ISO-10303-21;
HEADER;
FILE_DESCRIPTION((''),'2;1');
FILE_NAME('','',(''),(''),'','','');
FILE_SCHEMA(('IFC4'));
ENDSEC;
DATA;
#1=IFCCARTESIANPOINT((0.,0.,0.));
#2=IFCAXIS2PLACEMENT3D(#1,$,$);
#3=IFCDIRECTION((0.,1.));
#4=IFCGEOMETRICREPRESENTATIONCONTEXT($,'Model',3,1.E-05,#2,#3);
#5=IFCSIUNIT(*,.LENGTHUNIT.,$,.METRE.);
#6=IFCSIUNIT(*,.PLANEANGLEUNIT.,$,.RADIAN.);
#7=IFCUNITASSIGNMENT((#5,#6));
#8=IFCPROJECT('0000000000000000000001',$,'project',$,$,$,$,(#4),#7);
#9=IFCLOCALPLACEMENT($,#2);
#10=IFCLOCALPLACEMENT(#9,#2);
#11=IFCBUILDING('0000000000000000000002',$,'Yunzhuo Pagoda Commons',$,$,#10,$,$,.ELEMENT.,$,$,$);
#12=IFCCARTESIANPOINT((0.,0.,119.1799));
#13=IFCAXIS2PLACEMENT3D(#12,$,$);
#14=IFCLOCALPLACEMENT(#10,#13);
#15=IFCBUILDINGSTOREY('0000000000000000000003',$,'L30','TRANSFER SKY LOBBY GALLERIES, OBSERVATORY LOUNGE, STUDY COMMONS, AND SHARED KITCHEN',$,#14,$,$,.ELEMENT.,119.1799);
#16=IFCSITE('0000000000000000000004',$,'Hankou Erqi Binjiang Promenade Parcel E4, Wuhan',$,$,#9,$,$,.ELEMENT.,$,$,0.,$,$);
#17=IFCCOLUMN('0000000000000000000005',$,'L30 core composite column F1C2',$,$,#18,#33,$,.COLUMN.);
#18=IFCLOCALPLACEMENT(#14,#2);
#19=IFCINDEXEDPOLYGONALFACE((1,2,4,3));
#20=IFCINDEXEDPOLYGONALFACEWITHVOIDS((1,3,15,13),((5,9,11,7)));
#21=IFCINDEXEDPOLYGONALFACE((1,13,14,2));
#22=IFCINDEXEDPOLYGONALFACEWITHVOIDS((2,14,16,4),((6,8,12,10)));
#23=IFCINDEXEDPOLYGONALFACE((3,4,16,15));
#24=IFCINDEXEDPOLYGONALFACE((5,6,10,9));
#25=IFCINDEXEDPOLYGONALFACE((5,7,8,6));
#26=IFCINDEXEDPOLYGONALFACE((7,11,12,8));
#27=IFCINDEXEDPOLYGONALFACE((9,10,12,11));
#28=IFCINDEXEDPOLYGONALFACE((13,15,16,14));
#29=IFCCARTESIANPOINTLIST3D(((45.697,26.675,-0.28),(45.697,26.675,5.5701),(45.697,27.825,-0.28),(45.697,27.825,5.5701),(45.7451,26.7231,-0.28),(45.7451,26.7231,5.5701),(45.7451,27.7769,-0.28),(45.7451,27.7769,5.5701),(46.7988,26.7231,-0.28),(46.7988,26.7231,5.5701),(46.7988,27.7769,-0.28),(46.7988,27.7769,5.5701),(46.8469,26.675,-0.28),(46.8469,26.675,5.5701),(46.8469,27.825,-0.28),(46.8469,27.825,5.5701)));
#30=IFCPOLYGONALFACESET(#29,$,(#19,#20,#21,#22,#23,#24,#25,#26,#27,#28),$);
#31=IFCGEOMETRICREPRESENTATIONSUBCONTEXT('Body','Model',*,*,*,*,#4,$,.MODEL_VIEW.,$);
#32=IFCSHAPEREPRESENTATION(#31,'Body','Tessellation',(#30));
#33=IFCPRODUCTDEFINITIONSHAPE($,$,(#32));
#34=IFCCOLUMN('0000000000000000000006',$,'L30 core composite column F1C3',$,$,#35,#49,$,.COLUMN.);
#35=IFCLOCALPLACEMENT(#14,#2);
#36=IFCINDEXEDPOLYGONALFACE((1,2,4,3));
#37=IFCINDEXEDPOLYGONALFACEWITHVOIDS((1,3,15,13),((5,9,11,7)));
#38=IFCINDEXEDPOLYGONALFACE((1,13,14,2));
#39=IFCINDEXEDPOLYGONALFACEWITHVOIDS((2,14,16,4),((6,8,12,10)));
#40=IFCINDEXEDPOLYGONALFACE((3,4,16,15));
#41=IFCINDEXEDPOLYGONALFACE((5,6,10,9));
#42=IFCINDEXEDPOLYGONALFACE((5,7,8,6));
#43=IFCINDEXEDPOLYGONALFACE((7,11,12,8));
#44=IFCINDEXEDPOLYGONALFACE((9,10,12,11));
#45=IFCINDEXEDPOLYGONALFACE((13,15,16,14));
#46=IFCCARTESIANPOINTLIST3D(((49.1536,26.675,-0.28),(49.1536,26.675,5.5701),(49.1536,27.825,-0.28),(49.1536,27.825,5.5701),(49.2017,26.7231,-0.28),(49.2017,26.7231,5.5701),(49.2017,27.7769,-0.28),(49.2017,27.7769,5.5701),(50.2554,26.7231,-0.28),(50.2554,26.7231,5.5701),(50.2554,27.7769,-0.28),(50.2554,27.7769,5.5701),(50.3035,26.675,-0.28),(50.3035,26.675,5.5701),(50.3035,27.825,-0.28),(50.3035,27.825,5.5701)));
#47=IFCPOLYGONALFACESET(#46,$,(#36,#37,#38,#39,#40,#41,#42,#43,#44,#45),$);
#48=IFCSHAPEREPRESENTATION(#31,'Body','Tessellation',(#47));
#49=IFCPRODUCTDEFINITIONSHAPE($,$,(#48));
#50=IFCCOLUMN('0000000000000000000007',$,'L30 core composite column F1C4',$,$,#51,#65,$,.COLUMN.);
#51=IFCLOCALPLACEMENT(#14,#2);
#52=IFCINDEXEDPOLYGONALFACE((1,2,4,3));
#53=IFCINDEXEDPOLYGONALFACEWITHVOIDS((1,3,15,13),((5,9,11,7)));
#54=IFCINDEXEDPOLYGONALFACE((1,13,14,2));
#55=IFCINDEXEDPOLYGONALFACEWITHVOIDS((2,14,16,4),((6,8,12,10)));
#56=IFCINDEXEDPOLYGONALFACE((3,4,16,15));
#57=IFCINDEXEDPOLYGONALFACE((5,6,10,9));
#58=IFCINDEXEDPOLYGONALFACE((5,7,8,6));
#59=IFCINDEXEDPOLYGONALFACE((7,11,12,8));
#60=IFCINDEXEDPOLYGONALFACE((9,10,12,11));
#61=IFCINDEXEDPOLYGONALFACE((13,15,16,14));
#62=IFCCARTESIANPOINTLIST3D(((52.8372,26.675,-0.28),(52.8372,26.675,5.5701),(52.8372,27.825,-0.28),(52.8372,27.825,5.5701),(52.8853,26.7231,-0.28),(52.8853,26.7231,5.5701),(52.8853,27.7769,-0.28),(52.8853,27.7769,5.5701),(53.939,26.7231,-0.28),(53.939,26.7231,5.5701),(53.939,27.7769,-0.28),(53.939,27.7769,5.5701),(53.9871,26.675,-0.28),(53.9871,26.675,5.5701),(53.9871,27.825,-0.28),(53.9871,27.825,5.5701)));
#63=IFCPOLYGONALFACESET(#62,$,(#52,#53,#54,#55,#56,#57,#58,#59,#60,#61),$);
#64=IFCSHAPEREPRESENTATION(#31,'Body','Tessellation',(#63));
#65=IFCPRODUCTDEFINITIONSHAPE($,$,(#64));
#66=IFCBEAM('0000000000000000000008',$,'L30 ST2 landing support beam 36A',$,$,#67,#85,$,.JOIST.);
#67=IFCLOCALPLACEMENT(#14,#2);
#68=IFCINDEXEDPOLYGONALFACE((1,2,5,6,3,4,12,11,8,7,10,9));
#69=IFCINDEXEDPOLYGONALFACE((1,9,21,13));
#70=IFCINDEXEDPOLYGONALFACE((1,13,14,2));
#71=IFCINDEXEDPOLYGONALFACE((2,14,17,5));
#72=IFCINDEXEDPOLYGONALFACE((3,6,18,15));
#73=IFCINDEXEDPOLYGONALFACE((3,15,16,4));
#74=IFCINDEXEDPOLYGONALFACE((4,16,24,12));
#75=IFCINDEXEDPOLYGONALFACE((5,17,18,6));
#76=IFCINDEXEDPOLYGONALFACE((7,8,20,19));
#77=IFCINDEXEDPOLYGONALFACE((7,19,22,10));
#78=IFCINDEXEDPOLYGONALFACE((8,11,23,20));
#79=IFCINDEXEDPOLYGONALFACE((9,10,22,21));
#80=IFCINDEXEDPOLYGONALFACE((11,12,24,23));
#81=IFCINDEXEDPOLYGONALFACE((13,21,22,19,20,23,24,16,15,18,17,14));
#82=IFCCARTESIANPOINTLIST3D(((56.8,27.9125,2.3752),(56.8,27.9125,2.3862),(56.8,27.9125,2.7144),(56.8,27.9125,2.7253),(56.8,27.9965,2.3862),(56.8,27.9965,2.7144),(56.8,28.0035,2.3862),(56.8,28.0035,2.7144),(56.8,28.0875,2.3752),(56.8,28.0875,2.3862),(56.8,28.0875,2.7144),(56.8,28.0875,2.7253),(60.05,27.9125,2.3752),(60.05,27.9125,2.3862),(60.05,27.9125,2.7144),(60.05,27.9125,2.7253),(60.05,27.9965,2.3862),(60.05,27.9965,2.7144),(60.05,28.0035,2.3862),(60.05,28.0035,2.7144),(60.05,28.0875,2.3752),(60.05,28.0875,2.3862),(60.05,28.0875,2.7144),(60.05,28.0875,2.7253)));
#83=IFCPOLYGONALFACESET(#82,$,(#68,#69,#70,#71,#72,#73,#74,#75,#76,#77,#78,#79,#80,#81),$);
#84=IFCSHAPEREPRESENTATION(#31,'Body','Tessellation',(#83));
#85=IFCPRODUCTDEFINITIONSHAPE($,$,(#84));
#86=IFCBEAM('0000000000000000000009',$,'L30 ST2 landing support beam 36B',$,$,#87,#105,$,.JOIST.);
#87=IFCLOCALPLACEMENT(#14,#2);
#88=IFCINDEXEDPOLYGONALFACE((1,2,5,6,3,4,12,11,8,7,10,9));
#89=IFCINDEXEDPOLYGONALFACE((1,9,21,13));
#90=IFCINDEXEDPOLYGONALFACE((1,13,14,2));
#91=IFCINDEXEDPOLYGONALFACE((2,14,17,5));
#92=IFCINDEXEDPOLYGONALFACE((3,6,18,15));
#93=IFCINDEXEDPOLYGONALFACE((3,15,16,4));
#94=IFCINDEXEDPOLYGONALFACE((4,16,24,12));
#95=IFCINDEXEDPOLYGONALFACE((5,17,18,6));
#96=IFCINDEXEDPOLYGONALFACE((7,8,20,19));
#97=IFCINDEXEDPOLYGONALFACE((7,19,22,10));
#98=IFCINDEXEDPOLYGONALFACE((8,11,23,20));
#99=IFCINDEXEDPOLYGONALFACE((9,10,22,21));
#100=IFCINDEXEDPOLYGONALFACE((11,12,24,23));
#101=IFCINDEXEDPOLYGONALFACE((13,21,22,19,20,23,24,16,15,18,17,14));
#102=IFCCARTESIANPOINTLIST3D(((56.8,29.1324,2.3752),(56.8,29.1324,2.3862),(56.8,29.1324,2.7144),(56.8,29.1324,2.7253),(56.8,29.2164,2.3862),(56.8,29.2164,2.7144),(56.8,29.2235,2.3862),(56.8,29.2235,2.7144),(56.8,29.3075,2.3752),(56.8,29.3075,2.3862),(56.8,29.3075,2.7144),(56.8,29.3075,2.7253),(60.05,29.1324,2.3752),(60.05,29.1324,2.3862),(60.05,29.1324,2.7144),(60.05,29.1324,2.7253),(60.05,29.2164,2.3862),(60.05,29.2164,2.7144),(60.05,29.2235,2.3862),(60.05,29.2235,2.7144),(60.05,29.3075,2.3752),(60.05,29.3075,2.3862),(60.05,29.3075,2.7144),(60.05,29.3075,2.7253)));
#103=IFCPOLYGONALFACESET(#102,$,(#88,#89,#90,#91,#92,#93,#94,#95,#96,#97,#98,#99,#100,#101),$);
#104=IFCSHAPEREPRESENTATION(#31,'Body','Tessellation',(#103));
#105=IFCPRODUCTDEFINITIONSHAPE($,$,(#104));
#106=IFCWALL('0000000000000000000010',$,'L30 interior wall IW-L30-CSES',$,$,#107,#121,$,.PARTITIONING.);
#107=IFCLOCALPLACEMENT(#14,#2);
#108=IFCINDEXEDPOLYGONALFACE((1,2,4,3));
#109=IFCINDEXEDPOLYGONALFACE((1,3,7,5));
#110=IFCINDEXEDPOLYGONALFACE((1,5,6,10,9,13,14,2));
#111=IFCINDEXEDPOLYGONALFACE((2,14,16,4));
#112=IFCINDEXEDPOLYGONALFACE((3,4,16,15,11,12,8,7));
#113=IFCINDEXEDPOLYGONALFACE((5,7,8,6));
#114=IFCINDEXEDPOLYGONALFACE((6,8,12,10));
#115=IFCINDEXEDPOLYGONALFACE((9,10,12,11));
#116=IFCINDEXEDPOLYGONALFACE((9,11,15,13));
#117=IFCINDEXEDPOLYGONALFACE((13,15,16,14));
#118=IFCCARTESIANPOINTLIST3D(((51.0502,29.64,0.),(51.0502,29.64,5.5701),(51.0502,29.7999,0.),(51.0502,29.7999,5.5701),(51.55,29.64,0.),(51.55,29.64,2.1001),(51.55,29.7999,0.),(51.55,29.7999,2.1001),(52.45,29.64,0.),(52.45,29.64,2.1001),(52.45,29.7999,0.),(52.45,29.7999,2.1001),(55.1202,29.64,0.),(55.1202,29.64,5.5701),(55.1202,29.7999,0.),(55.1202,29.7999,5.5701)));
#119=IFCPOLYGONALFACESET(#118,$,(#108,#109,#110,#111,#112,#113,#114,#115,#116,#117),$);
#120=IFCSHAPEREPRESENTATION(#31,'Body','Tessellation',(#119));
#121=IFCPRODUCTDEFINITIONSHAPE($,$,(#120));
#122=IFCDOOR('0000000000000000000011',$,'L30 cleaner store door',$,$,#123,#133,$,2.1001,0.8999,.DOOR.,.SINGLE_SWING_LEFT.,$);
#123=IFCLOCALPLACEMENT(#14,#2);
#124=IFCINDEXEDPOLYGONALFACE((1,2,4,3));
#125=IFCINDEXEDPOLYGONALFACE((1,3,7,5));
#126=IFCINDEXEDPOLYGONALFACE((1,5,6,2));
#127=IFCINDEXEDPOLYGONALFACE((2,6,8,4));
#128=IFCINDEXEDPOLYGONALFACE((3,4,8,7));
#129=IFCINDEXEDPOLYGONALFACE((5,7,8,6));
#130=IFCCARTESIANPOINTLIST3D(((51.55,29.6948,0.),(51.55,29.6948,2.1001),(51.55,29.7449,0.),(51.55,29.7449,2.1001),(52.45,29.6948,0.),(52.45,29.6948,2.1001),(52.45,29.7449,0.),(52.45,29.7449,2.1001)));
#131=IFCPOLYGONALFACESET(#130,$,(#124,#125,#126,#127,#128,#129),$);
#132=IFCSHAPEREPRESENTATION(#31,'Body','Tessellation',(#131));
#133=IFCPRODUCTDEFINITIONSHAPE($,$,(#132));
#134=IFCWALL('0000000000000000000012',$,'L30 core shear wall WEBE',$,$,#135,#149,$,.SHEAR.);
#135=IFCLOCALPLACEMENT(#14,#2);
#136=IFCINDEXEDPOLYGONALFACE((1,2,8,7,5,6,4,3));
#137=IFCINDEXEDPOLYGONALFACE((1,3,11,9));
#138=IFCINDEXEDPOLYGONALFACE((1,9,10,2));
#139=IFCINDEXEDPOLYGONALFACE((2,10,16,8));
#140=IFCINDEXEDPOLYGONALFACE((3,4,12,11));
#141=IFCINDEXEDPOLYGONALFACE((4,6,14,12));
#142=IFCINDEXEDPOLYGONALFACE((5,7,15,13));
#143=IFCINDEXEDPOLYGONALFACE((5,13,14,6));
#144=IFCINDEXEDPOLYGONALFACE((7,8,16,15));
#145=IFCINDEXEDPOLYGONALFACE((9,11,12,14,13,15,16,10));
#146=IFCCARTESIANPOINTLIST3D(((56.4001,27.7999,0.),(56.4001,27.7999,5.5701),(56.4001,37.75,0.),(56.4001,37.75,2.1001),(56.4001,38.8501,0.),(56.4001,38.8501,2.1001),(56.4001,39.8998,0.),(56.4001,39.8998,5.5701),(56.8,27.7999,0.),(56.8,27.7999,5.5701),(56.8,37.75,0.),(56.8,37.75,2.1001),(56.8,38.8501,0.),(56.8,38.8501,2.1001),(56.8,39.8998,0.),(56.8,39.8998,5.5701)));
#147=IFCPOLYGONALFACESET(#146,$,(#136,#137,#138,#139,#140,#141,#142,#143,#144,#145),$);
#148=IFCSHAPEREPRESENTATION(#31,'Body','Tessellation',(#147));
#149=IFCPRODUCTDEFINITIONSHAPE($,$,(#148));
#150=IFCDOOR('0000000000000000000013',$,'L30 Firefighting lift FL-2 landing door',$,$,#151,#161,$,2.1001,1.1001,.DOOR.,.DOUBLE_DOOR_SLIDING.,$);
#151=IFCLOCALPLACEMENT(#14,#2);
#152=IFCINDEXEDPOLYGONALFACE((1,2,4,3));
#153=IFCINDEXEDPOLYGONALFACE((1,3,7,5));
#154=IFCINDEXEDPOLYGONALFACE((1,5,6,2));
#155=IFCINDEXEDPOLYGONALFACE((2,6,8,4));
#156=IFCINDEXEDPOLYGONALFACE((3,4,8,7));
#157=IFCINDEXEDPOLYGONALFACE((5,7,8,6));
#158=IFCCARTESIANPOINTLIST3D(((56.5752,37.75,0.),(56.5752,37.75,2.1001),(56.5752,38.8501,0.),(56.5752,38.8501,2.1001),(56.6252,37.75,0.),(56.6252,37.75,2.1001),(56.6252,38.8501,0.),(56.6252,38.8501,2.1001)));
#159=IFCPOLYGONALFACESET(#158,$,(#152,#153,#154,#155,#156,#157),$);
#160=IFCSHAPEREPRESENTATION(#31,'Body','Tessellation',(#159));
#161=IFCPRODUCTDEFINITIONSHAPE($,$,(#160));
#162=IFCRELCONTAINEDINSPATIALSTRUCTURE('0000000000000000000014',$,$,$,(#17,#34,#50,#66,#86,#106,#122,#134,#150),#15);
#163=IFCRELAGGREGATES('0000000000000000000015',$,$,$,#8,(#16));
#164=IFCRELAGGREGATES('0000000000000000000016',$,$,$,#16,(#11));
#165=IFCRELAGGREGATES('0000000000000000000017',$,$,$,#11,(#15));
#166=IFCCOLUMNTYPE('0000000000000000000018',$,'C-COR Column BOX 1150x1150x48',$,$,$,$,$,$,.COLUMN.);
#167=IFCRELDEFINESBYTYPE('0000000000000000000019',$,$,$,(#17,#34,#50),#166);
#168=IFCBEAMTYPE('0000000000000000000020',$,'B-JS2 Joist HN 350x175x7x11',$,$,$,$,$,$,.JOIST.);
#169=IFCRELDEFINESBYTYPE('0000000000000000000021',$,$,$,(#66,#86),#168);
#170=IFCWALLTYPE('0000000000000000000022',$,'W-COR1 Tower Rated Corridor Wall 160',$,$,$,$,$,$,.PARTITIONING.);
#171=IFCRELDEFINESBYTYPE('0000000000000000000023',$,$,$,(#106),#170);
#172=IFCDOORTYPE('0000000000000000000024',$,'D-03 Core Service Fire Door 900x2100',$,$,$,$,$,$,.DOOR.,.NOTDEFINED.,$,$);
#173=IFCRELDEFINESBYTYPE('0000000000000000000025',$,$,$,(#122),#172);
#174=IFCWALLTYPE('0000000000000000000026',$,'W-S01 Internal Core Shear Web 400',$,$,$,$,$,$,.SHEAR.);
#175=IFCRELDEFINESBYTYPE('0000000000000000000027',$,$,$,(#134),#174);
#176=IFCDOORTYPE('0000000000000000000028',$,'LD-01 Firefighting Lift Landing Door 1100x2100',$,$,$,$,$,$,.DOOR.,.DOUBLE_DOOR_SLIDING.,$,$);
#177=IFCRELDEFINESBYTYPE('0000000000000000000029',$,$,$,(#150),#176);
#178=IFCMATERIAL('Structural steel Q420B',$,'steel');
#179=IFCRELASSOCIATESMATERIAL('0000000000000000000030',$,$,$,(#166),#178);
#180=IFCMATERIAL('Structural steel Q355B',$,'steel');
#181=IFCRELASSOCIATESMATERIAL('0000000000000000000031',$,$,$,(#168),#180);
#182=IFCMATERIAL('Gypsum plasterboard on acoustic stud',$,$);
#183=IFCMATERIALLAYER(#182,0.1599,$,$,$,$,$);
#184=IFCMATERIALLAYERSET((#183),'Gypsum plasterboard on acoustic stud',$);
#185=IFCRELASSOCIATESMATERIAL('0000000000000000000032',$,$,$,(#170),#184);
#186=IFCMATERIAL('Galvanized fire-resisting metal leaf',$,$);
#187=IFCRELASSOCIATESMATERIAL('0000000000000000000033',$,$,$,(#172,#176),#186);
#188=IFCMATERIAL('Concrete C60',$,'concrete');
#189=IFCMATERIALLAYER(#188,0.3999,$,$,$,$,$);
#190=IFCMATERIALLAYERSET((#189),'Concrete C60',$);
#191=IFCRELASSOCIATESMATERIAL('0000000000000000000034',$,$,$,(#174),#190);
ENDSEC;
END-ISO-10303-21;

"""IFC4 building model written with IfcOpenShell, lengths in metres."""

from ifc_helpers import new_model, si_unit, direction, frame, frame_2d, origin, origin_with_axes, origin_2d, place, context, subcontext, project, spatial, rectangle, hollow_rectangle, i_section, extrude, source, transform, mapped, material, layer, layer_set, material_profile, profile_set, type_object, element, fill, save


model = new_model("IFC4")

# Units and contexts
model_context = context("Model", 3, precision=1e-05, world=origin(), true_north=direction((0.0, 1.0)))
body_context = subcontext(model_context, "Body", "Model", "MODEL_VIEW")
ifc_project = project(units=[si_unit("LENGTHUNIT", "METRE"), si_unit("PLANEANGLEUNIT", "RADIAN")], contexts=[model_context])

# Site, building, storey
site_placement = place(None, origin())
site = spatial("IfcSite", under=ifc_project, at=site_placement, Name="Hankou Erqi Binjiang Promenade Parcel E4, Wuhan", CompositionType="ELEMENT", RefElevation=0.0)
building_placement = place(site_placement, origin())
building = spatial("IfcBuilding", under=site, at=building_placement, Name="Yunzhuo Pagoda Commons", CompositionType="ELEMENT")
storey_placement = place(building_placement, frame((0.0, 0.0, 119.1799)))
storey = spatial("IfcBuildingStorey", under=building, at=storey_placement, Name="L30", Description="TRANSFER SKY LOBBY GALLERIES, OBSERVATORY LOUNGE, STUDY COMMONS, AND SHARED KITCHEN", CompositionType="ELEMENT", Elevation=119.1799)

# Columns
ifc_material_1 = material(Name="Structural steel Q420B", Category="steel")
ifc_material_profile_1 = material_profile(ifc_material_1, hollow_rectangle(XDim=1.1499, YDim=1.1499, WallThickness=0.0481, at=origin_2d()), Name="Structural steel Q420B")
ifc_profile_set_1 = profile_set([ifc_material_profile_1], Name="Structural steel Q420B")
column_type = type_object("IfcColumnType", Name="C-COR Column BOX 1150x1150x48", PredefinedType="COLUMN", material=ifc_profile_set_1)
shared_shape_1 = source(origin(), body_context, "Body", "SweptSolid", [
    extrude(hollow_rectangle(XDim=1.1499, YDim=1.1499, WallThickness=0.0481, at=origin_2d()), origin(), (0.0, 0.0, 1.0), 5.8501),
])
for number, where, z_axis, x_axis, name in (
    (1, (46.272, 27.25, -0.28), (0.0, 0.0, 1.0), (1.0, 0.0, 0.0), "L30 core composite column F1C2"),
    (2, (49.7285, 27.25, -0.28), (0.0, 0.0, 1.0), (1.0, 0.0, 0.0), "L30 core composite column F1C3"),
    (3, (53.4121, 27.25, -0.28), (0.0, 0.0, 1.0), (1.0, 0.0, 0.0), "L30 core composite column F1C4"),
):
    element("IfcColumn", number, at=place(storey_placement, frame(where, z_axis=z_axis, x_axis=x_axis)), inside=storey, type_object=column_type, Name=name, PredefinedType="COLUMN", context=body_context, shape_type="MappedRepresentation", body=[
        mapped(shared_shape_1, transform((0.0, 0.0, 0.0), scale=1.0)),
    ])

# Beams
ifc_material_2 = material(Name="Structural steel Q355B", Category="steel")
ifc_material_profile_2 = material_profile(ifc_material_2, i_section(OverallWidth=0.175, OverallDepth=0.3501, WebThickness=0.0071, FlangeThickness=0.011, at=origin_2d()), Name="Structural steel Q355B")
ifc_profile_set_2 = profile_set([ifc_material_profile_2], Name="Structural steel Q355B")
beam_type = type_object("IfcBeamType", Name="B-JS2 Joist HN 350x175x7x11", PredefinedType="JOIST", material=ifc_profile_set_2)
shared_shape_2 = source(origin(), body_context, "Body", "SweptSolid", [
    extrude(i_section(OverallWidth=0.175, OverallDepth=0.3501, WebThickness=0.0071, FlangeThickness=0.011, at=origin_2d()), origin(), (0.0, 0.0, 1.0), 3.25),
])
for number, where, z_axis, x_axis, name in (
    (4, (56.8, 28.0, 2.5503), (1.0, 0.0, 0.0), (0.0, 1.0, 0.0), "L30 ST2 landing support beam 36A"),
    (5, (56.8, 29.22, 2.5503), (1.0, 0.0, 0.0), (0.0, 1.0, 0.0), "L30 ST2 landing support beam 36B"),
):
    element("IfcBeam", number, at=place(storey_placement, frame(where, z_axis=z_axis, x_axis=x_axis)), inside=storey, type_object=beam_type, Name=name, PredefinedType="JOIST", context=body_context, shape_type="MappedRepresentation", body=[
        mapped(shared_shape_2, transform((0.0, 0.0, 0.0), scale=1.0)),
    ])

# Walls, openings, doors
ifc_material_3 = material(Name="Gypsum plasterboard on acoustic stud")
ifc_layer_1 = layer(ifc_material_3, 0.1599)
ifc_layer_set_1 = layer_set([ifc_layer_1], Name="Gypsum plasterboard on acoustic stud")
wall_type_1 = type_object("IfcWallType", Name="W-COR1 Tower Rated Corridor Wall 160", PredefinedType="PARTITIONING", material=ifc_layer_set_1)
wall_1_placement = place(storey_placement, frame((51.05, 29.72, 0.0), z_axis=(0.0, 0.0, 1.0), x_axis=(1.0, 0.0, 0.0)))
wall_1 = element("IfcWall", 6, at=wall_1_placement, inside=storey, type_object=wall_type_1, Name="L30 interior wall IW-L30-CSES", PredefinedType="PARTITIONING", context=body_context, shape_type="SweptSolid", body=[
    extrude(rectangle(XDim=4.0701, YDim=0.1599, at=frame_2d((2.0352, 0.0))), origin(), (0.0, 0.0, 1.0), 5.5701),
])
opening_1_placement = place(wall_1_placement, frame((0.5, 0.0, 0.0)))
opening_1 = element("IfcOpeningElement", 7, at=opening_1_placement, cuts=wall_1, PredefinedType="OPENING", context=body_context, shape_type="SweptSolid", body=[
    extrude(rectangle(XDim=0.8999, YDim=2.1001, at=frame_2d((0.45, 1.05))), frame((0.0, 0.0898, 0.0), z_axis=(0.0, -1.0, 0.0), x_axis=(1.0, 0.0, 0.0)), (0.0, 0.0, 1.0), 0.1799),
])
ifc_material_4 = material(Name="Galvanized fire-resisting metal leaf")
door_type_1 = type_object("IfcDoorType", Name="D-03 Core Service Fire Door 900x2100", OperationType="NOTDEFINED", PredefinedType="DOOR", material=ifc_material_4)
shared_shape_3 = source(origin(), body_context, "Body", "SweptSolid", [
    extrude(rectangle(XDim=0.8999, YDim=2.1001, at=frame_2d((0.45, 1.05))), frame((0.0, 0.0249, 0.0), z_axis=(0.0, -1.0, 0.0), x_axis=(1.0, 0.0, 0.0)), (0.0, 0.0, 1.0), 0.05),
])
door_1_placement = place(opening_1_placement, origin_with_axes())
door_1 = element("IfcDoor", 8, at=door_1_placement, inside=storey, type_object=door_type_1, Name="L30 cleaner store door", OperationType="SINGLE_SWING_LEFT", OverallHeight=2.1001, OverallWidth=0.8999, PredefinedType="DOOR", context=body_context, shape_type="MappedRepresentation", body=[
    mapped(shared_shape_3, transform((0.0, 0.0, 0.0), scale=1.0)),
])
fill(opening_1, door_1)
ifc_material_5 = material(Name="Concrete C60", Category="concrete")
ifc_layer_2 = layer(ifc_material_5, 0.3999)
ifc_layer_set_2 = layer_set([ifc_layer_2], Name="Concrete C60")
wall_type_2 = type_object("IfcWallType", Name="W-S01 Internal Core Shear Web 400", PredefinedType="SHEAR", material=ifc_layer_set_2)
wall_2_placement = place(storey_placement, frame((56.6001, 27.8, 0.0), z_axis=(0.0, 0.0, 1.0), x_axis=(0.0, 1.0, 0.0)))
wall_2 = element("IfcWall", 9, at=wall_2_placement, inside=storey, type_object=wall_type_2, Name="L30 core shear wall WEBE", PredefinedType="SHEAR", context=body_context, shape_type="SweptSolid", body=[
    extrude(rectangle(XDim=12.0999, YDim=0.3999, at=frame_2d((6.0498, 0.0))), origin(), (0.0, 0.0, 1.0), 5.5701),
])
opening_2_placement = place(wall_2_placement, frame((9.95, 0.0, 0.0)))
opening_2 = element("IfcOpeningElement", 10, at=opening_2_placement, cuts=wall_2, PredefinedType="OPENING", context=body_context, shape_type="SweptSolid", body=[
    extrude(rectangle(XDim=1.1001, YDim=2.1001, at=frame_2d((0.55, 1.05))), frame((0.0, 0.21, 0.0), z_axis=(0.0, -1.0, 0.0), x_axis=(1.0, 0.0, 0.0)), (0.0, 0.0, 1.0), 0.4199),
])
door_type_2 = type_object("IfcDoorType", Name="LD-01 Firefighting Lift Landing Door 1100x2100", OperationType="DOUBLE_DOOR_SLIDING", PredefinedType="DOOR", material=ifc_material_4)
shared_shape_4 = source(origin(), body_context, "Body", "SweptSolid", [
    extrude(rectangle(XDim=1.1001, YDim=2.1001, at=frame_2d((0.55, 1.05))), frame((0.0, 0.0249, 0.0), z_axis=(0.0, -1.0, 0.0), x_axis=(1.0, 0.0, 0.0)), (0.0, 0.0, 1.0), 0.05),
])
door_2_placement = place(opening_2_placement, origin_with_axes())
door_2 = element("IfcDoor", 11, at=door_2_placement, inside=storey, type_object=door_type_2, Name="L30 Firefighting lift FL-2 landing door", OperationType="DOUBLE_DOOR_SLIDING", OverallHeight=2.1001, OverallWidth=1.1001, PredefinedType="DOOR", context=body_context, shape_type="MappedRepresentation", body=[
    mapped(shared_shape_4, transform((0.0, 0.0, 0.0), scale=1.0)),
])
fill(opening_2, door_2)

save(model, "model.ifc")
